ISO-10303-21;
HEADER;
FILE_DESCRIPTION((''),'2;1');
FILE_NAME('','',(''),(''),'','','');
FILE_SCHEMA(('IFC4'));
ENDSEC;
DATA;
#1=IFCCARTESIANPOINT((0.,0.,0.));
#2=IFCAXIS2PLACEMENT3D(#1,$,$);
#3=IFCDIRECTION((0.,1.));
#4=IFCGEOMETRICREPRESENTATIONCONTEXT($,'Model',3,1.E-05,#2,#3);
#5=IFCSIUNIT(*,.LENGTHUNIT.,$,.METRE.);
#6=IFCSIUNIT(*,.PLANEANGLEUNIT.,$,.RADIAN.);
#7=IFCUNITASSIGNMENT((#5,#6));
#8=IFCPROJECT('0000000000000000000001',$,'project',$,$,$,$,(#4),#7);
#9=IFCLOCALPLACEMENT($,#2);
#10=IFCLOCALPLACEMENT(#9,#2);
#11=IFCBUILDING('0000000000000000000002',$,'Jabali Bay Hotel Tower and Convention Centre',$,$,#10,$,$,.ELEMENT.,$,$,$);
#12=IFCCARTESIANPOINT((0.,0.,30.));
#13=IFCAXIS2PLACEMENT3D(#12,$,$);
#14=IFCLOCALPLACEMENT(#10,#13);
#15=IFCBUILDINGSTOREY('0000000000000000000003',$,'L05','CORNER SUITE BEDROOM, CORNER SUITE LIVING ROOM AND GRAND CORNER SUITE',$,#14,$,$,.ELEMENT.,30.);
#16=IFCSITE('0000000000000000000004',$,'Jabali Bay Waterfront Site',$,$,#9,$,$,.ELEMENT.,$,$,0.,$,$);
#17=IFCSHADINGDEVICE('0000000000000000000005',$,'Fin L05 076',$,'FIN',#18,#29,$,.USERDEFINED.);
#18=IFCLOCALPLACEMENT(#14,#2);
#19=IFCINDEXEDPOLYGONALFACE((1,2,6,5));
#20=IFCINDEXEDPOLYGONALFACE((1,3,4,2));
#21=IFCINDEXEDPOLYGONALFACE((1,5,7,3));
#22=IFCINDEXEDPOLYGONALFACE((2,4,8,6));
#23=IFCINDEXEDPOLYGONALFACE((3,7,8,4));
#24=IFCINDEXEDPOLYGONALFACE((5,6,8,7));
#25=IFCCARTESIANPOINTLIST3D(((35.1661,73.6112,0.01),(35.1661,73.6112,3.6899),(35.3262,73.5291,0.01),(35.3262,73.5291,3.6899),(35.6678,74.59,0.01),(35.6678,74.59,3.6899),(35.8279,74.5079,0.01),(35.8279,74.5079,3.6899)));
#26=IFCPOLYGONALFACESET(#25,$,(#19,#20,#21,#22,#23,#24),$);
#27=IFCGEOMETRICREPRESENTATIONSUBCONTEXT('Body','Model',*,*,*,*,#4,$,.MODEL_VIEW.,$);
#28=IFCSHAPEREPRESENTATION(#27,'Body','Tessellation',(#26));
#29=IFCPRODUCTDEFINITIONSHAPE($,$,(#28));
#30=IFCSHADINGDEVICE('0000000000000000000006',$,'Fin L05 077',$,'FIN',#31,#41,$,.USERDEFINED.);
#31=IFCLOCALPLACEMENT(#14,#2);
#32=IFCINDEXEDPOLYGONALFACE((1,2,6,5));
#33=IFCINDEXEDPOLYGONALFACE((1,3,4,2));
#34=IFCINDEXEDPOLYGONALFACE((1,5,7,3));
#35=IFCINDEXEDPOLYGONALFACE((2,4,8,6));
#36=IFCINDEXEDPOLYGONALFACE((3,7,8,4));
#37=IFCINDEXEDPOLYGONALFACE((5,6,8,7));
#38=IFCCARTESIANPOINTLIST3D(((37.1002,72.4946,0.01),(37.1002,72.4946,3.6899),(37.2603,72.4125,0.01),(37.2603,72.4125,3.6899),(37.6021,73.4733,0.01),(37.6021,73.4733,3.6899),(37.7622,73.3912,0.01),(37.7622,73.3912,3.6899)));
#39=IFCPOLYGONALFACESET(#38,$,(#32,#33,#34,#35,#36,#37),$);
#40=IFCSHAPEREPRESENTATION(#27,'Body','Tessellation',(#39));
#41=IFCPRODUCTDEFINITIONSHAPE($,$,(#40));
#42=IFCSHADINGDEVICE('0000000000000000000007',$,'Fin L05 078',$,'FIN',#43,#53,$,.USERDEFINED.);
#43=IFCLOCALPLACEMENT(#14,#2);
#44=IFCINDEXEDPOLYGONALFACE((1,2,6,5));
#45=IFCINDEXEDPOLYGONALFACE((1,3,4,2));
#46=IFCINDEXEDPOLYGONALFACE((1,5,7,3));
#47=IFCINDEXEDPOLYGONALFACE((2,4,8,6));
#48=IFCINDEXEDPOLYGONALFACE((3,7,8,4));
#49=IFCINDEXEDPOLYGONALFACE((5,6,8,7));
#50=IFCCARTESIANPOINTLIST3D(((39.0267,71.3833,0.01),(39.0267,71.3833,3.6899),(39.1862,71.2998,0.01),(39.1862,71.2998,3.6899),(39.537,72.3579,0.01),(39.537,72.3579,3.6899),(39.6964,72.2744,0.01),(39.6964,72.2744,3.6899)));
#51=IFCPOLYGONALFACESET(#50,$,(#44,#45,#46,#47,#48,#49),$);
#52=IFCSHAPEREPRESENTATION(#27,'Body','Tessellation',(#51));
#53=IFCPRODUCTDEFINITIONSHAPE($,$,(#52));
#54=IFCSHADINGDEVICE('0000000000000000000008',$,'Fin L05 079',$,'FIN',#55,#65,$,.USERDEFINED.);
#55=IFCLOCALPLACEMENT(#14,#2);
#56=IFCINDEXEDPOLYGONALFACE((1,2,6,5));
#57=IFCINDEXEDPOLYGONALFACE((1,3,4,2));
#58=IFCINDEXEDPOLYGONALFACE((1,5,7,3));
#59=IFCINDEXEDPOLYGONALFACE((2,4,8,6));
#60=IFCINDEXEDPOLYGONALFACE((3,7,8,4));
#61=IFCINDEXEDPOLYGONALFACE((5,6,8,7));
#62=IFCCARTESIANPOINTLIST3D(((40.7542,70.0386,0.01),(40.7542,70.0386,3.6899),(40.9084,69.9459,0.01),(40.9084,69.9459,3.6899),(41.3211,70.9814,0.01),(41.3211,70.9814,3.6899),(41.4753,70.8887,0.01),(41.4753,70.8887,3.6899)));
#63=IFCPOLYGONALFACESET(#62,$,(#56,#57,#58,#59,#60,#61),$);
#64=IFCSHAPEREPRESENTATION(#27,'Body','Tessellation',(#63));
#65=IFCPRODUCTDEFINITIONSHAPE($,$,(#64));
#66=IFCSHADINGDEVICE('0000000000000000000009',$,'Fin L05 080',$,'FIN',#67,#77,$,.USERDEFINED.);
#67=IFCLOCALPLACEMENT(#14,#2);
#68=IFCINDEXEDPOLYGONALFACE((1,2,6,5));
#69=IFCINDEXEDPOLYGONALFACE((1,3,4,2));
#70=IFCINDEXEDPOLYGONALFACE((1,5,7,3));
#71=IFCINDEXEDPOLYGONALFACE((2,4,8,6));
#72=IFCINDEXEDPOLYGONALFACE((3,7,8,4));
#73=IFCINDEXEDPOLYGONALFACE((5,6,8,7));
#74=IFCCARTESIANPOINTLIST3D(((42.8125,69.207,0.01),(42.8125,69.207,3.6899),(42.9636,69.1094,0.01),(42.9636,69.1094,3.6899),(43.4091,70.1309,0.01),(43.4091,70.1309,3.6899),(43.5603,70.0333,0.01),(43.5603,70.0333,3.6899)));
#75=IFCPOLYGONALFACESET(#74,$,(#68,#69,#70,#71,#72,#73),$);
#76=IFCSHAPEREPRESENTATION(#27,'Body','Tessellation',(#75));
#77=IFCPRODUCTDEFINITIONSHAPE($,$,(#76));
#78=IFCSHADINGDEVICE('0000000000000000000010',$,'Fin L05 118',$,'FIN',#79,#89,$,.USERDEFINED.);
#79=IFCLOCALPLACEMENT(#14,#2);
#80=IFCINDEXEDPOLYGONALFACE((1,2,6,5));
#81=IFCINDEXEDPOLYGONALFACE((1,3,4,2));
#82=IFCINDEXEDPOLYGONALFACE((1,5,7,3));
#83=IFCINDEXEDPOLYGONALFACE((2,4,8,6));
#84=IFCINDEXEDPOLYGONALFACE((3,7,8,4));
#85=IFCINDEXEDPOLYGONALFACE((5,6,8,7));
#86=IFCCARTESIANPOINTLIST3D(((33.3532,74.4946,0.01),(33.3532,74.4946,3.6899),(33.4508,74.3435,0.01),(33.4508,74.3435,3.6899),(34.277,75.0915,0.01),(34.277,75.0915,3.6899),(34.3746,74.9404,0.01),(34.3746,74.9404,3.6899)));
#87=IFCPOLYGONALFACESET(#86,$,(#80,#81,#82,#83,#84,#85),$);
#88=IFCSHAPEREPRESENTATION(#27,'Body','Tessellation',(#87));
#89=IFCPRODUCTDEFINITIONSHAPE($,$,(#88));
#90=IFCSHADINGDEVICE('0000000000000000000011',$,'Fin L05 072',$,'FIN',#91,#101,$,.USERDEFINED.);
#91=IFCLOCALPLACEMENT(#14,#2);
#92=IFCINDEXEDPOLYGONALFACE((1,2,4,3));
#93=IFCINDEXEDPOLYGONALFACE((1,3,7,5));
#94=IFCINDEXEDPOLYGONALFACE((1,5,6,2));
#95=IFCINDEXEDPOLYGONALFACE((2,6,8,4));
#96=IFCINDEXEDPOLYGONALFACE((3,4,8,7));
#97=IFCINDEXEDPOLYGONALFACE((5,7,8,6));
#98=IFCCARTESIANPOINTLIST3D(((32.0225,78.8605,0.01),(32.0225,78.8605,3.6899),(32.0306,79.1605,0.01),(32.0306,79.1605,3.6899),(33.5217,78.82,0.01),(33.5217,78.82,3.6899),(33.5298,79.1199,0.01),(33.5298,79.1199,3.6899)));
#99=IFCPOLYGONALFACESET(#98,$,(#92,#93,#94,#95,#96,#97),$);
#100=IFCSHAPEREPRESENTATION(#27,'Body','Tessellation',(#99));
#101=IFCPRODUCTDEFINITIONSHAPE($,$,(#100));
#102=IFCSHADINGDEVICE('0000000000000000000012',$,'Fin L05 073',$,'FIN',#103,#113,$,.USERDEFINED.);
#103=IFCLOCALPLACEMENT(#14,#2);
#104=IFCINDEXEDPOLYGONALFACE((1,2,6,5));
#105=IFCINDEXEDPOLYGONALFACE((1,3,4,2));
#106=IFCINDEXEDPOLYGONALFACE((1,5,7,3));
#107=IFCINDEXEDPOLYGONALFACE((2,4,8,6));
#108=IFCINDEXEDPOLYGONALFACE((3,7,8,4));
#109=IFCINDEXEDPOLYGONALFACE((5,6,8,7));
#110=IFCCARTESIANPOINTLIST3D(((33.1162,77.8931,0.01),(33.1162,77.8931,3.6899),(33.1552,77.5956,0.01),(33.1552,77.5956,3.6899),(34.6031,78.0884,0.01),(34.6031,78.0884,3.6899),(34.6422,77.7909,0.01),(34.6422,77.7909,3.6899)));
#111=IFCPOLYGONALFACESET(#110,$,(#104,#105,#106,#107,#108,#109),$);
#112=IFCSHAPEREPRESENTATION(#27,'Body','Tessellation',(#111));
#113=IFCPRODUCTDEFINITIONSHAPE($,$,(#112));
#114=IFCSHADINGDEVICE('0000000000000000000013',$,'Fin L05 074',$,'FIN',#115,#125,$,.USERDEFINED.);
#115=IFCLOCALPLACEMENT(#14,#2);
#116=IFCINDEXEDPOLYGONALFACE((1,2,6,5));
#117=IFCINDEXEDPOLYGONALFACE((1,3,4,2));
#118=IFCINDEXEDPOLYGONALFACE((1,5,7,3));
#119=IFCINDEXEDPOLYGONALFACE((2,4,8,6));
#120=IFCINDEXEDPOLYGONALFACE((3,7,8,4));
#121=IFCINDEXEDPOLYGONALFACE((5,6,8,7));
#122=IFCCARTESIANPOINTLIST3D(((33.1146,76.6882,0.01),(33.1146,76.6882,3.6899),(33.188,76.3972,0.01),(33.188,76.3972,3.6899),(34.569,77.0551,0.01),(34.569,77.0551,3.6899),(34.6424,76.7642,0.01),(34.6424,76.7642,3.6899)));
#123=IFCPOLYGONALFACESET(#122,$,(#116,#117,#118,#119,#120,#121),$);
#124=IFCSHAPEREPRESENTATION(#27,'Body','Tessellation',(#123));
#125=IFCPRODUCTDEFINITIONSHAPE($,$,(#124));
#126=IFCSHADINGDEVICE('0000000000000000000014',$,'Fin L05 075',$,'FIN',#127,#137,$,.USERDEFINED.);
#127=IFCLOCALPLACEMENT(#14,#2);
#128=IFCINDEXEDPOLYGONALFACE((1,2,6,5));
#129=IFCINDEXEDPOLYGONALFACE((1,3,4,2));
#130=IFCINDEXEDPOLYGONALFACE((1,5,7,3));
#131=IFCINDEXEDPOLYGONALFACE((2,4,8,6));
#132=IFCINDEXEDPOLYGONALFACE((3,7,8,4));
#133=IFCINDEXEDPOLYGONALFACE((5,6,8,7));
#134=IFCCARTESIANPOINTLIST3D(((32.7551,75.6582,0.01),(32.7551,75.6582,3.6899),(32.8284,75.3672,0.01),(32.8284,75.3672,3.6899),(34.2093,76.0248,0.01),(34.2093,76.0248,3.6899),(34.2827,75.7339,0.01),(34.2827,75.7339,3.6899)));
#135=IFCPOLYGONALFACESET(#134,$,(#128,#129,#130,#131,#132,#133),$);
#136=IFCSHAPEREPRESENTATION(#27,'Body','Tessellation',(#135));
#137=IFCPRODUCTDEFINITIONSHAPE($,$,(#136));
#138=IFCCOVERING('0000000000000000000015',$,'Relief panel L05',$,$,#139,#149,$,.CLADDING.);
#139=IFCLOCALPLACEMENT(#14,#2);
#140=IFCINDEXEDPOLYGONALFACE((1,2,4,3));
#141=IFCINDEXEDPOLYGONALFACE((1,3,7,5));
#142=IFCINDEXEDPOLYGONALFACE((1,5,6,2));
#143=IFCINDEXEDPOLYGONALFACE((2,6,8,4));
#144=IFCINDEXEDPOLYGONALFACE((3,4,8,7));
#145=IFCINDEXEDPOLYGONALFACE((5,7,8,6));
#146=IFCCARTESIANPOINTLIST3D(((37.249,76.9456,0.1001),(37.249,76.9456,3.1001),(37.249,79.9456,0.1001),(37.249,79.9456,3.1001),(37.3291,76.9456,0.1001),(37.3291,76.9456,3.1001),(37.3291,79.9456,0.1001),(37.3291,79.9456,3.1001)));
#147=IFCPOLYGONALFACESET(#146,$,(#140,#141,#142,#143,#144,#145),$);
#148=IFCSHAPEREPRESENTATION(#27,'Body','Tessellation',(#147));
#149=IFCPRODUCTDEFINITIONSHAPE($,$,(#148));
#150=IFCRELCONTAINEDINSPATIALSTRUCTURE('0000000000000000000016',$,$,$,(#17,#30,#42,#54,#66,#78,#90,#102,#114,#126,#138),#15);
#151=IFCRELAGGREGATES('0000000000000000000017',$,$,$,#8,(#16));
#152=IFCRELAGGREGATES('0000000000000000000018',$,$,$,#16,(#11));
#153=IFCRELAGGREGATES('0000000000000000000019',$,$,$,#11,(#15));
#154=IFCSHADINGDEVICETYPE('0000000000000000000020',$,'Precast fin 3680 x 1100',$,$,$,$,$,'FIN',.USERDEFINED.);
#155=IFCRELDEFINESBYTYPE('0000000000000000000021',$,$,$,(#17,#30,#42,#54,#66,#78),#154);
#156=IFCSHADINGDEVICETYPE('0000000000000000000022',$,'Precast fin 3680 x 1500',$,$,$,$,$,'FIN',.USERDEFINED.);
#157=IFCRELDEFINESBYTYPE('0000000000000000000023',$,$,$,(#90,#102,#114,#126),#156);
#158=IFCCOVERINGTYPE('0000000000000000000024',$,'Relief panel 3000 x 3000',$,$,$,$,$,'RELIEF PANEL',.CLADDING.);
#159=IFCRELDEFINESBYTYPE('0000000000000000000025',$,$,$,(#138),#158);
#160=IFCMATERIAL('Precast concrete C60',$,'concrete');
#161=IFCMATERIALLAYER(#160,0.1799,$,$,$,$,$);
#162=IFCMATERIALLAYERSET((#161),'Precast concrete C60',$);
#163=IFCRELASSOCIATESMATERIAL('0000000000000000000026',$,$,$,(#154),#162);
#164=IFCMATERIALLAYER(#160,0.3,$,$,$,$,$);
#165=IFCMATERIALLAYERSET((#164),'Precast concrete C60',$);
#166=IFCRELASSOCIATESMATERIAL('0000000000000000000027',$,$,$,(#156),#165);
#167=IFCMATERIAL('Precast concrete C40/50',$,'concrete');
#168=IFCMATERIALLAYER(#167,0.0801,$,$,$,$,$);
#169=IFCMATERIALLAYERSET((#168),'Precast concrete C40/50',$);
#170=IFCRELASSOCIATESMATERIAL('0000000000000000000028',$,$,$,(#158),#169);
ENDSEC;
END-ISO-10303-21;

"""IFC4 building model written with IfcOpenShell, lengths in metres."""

from ifc_helpers import new_model, si_unit, direction, frame, frame_2d, origin, origin_2d, place, context, subcontext, project, spatial, rectangle, extrude, material, layer, layer_set, type_object, element, save


model = new_model("IFC4")

# Units and contexts
model_context = context("Model", 3, precision=1e-05, world=origin(), true_north=direction((0.0, 1.0)))
body_context = subcontext(model_context, "Body", "Model", "MODEL_VIEW")
ifc_project = project(units=[si_unit("LENGTHUNIT", "METRE"), si_unit("PLANEANGLEUNIT", "RADIAN")], contexts=[model_context])

# Site, building, storey
site_placement = place(None, origin())
site = spatial("IfcSite", under=ifc_project, at=site_placement, Name="Jabali Bay Waterfront Site", CompositionType="ELEMENT", RefElevation=0.0)
building_placement = place(site_placement, origin())
building = spatial("IfcBuilding", under=site, at=building_placement, Name="Jabali Bay Hotel Tower and Convention Centre", CompositionType="ELEMENT")
storey_placement = place(building_placement, frame((0.0, 0.0, 30.0)))
storey = spatial("IfcBuildingStorey", under=building, at=storey_placement, Name="L05", Description="CORNER SUITE BEDROOM, CORNER SUITE LIVING ROOM AND GRAND CORNER SUITE", CompositionType="ELEMENT", Elevation=30.0)

# Shading devices
ifc_material_1 = material(Name="Precast concrete C60", Category="concrete")
ifc_layer_1 = layer(ifc_material_1, 0.1799)
ifc_layer_set_1 = layer_set([ifc_layer_1], Name="Precast concrete C60")
shading_device_type_1 = type_object("IfcShadingDeviceType", Name="Precast fin 3680 x 1100", ElementType="FIN", PredefinedType="USERDEFINED", material=ifc_layer_set_1)
for number, where, z_axis, x_axis, name in (
    (1, (35.7478, 74.5488, 0.01), (0.0, 0.0, 1.0), (-0.456159, -0.889898, 0.0), "Fin L05 076"),
    (2, (37.6821, 73.4321, 0.01), (0.0, 0.0, 1.0), (-0.456335, -0.889808, 0.0), "Fin L05 077"),
):
    element("IfcShadingDevice", number, at=place(storey_placement, frame(where, z_axis=z_axis, x_axis=x_axis)), inside=storey, type_object=shading_device_type_1, Name=name, ObjectType="FIN", PredefinedType="USERDEFINED", context=body_context, shape_type="SweptSolid", body=[
        extrude(rectangle(XDim=1.0999, YDim=0.1799, at=frame_2d((0.5498, 0.0))), origin(), (0.0, 0.0, 1.0), 3.6799),
    ])
for number, where, z_axis, x_axis, name in (
    (3, (39.6167, 72.3162, 0.01), (0.0, 0.0, 1.0), (-0.463825, -0.885927, 0.0), "Fin L05 078"),
    (4, (41.3982, 70.9351, 0.01), (0.0, 0.0, 1.0), (-0.515279, -0.857023, 0.0), "Fin L05 079"),
):
    element("IfcShadingDevice", number, at=place(storey_placement, frame(where, z_axis=z_axis, x_axis=x_axis)), inside=storey, type_object=shading_device_type_1, Name=name, ObjectType="FIN", PredefinedType="USERDEFINED", context=body_context, shape_type="SweptSolid", body=[
        extrude(rectangle(XDim=1.1001, YDim=0.1799, at=frame_2d((0.55, 0.0))), origin(), (0.0, 0.0, 1.0), 3.6799),
    ])
for number, where, z_axis, x_axis, name in (
    (5, (43.4846, 70.082, 0.01), (0.0, 0.0, 1.0), (-0.54245, -0.840088, 0.0), "Fin L05 080"),
    (6, (34.3257, 75.0159, 0.01), (0.0, 0.0, 1.0), (-0.839921, -0.542708, 0.0), "Fin L05 118"),
):
    element("IfcShadingDevice", number, at=place(storey_placement, frame(where, z_axis=z_axis, x_axis=x_axis)), inside=storey, type_object=shading_device_type_1, Name=name, ObjectType="FIN", PredefinedType="USERDEFINED", context=body_context, shape_type="SweptSolid", body=[
        extrude(rectangle(XDim=1.0999, YDim=0.1799, at=frame_2d((0.5498, 0.0))), origin(), (0.0, 0.0, 1.0), 3.6799),
    ])
ifc_layer_2 = layer(ifc_material_1, 0.3)
ifc_layer_set_2 = layer_set([ifc_layer_2], Name="Precast concrete C60")
shading_device_type_2 = type_object("IfcShadingDeviceType", Name="Precast fin 3680 x 1500", ElementType="FIN", PredefinedType="USERDEFINED", material=ifc_layer_set_2)
for number, where, z_axis, x_axis, name in (
    (7, (33.5259, 78.97, 0.01), (0.0, 0.0, 1.0), (-0.999635, 0.027022, 0.0), "Fin L05 072"),
    (8, (34.6228, 77.9397, 0.01), (0.0, 0.0, 1.0), (-0.991485, -0.130223, 0.0), "Fin L05 073"),
):
    element("IfcShadingDevice", number, at=place(storey_placement, frame(where, z_axis=z_axis, x_axis=x_axis)), inside=storey, type_object=shading_device_type_2, Name=name, ObjectType="FIN", PredefinedType="USERDEFINED", context=body_context, shape_type="SweptSolid", body=[
        extrude(rectangle(XDim=1.4998, YDim=0.3, at=frame_2d((0.75, 0.0))), origin(), (0.0, 0.0, 1.0), 3.6799),
    ])
shading_device_1_placement = place(storey_placement, frame((34.6057, 76.9097, 0.01), z_axis=(0.0, 0.0, 1.0), x_axis=(-0.969614, -0.244641, 0.0)))
element("IfcShadingDevice", 9, at=shading_device_1_placement, inside=storey, type_object=shading_device_type_2, Name="Fin L05 074", ObjectType="FIN", PredefinedType="USERDEFINED", context=body_context, shape_type="SweptSolid", body=[
    extrude(rectangle(XDim=1.5, YDim=0.3, at=frame_2d((0.75, 0.0))), origin(), (0.0, 0.0, 1.0), 3.6799),
])
shading_device_2_placement = place(storey_placement, frame((34.2461, 75.8794, 0.01), z_axis=(0.0, 0.0, 1.0), x_axis=(-0.969652, -0.244488, 0.0)))
element("IfcShadingDevice", 10, at=shading_device_2_placement, inside=storey, type_object=shading_device_type_2, Name="Fin L05 075", ObjectType="FIN", PredefinedType="USERDEFINED", context=body_context, shape_type="SweptSolid", body=[
    extrude(rectangle(XDim=1.4998, YDim=0.3, at=frame_2d((0.75, 0.0))), origin(), (0.0, 0.0, 1.0), 3.6799),
])

# Covering
ifc_material_2 = material(Name="Precast concrete C40/50", Category="concrete")
ifc_layer_3 = layer(ifc_material_2, 0.0801)
ifc_layer_set_3 = layer_set([ifc_layer_3], Name="Precast concrete C40/50")
covering_type = type_object("IfcCoveringType", Name="Relief panel 3000 x 3000", ElementType="RELIEF PANEL", PredefinedType="CLADDING", material=ifc_layer_set_3)
covering_placement = place(storey_placement, frame((37.2891, 78.4456, 0.1001), z_axis=(0.0, 0.0, 1.0), x_axis=(0.0, 1.0, 0.0)))
element("IfcCovering", 11, at=covering_placement, inside=storey, type_object=covering_type, Name="Relief panel L05", PredefinedType="CLADDING", context=body_context, shape_type="SweptSolid", body=[
    extrude(rectangle(XDim=3.0, YDim=0.0801, at=origin_2d()), origin(), (0.0, 0.0, 1.0), 3.0),
])

save(model, "model.ifc")
